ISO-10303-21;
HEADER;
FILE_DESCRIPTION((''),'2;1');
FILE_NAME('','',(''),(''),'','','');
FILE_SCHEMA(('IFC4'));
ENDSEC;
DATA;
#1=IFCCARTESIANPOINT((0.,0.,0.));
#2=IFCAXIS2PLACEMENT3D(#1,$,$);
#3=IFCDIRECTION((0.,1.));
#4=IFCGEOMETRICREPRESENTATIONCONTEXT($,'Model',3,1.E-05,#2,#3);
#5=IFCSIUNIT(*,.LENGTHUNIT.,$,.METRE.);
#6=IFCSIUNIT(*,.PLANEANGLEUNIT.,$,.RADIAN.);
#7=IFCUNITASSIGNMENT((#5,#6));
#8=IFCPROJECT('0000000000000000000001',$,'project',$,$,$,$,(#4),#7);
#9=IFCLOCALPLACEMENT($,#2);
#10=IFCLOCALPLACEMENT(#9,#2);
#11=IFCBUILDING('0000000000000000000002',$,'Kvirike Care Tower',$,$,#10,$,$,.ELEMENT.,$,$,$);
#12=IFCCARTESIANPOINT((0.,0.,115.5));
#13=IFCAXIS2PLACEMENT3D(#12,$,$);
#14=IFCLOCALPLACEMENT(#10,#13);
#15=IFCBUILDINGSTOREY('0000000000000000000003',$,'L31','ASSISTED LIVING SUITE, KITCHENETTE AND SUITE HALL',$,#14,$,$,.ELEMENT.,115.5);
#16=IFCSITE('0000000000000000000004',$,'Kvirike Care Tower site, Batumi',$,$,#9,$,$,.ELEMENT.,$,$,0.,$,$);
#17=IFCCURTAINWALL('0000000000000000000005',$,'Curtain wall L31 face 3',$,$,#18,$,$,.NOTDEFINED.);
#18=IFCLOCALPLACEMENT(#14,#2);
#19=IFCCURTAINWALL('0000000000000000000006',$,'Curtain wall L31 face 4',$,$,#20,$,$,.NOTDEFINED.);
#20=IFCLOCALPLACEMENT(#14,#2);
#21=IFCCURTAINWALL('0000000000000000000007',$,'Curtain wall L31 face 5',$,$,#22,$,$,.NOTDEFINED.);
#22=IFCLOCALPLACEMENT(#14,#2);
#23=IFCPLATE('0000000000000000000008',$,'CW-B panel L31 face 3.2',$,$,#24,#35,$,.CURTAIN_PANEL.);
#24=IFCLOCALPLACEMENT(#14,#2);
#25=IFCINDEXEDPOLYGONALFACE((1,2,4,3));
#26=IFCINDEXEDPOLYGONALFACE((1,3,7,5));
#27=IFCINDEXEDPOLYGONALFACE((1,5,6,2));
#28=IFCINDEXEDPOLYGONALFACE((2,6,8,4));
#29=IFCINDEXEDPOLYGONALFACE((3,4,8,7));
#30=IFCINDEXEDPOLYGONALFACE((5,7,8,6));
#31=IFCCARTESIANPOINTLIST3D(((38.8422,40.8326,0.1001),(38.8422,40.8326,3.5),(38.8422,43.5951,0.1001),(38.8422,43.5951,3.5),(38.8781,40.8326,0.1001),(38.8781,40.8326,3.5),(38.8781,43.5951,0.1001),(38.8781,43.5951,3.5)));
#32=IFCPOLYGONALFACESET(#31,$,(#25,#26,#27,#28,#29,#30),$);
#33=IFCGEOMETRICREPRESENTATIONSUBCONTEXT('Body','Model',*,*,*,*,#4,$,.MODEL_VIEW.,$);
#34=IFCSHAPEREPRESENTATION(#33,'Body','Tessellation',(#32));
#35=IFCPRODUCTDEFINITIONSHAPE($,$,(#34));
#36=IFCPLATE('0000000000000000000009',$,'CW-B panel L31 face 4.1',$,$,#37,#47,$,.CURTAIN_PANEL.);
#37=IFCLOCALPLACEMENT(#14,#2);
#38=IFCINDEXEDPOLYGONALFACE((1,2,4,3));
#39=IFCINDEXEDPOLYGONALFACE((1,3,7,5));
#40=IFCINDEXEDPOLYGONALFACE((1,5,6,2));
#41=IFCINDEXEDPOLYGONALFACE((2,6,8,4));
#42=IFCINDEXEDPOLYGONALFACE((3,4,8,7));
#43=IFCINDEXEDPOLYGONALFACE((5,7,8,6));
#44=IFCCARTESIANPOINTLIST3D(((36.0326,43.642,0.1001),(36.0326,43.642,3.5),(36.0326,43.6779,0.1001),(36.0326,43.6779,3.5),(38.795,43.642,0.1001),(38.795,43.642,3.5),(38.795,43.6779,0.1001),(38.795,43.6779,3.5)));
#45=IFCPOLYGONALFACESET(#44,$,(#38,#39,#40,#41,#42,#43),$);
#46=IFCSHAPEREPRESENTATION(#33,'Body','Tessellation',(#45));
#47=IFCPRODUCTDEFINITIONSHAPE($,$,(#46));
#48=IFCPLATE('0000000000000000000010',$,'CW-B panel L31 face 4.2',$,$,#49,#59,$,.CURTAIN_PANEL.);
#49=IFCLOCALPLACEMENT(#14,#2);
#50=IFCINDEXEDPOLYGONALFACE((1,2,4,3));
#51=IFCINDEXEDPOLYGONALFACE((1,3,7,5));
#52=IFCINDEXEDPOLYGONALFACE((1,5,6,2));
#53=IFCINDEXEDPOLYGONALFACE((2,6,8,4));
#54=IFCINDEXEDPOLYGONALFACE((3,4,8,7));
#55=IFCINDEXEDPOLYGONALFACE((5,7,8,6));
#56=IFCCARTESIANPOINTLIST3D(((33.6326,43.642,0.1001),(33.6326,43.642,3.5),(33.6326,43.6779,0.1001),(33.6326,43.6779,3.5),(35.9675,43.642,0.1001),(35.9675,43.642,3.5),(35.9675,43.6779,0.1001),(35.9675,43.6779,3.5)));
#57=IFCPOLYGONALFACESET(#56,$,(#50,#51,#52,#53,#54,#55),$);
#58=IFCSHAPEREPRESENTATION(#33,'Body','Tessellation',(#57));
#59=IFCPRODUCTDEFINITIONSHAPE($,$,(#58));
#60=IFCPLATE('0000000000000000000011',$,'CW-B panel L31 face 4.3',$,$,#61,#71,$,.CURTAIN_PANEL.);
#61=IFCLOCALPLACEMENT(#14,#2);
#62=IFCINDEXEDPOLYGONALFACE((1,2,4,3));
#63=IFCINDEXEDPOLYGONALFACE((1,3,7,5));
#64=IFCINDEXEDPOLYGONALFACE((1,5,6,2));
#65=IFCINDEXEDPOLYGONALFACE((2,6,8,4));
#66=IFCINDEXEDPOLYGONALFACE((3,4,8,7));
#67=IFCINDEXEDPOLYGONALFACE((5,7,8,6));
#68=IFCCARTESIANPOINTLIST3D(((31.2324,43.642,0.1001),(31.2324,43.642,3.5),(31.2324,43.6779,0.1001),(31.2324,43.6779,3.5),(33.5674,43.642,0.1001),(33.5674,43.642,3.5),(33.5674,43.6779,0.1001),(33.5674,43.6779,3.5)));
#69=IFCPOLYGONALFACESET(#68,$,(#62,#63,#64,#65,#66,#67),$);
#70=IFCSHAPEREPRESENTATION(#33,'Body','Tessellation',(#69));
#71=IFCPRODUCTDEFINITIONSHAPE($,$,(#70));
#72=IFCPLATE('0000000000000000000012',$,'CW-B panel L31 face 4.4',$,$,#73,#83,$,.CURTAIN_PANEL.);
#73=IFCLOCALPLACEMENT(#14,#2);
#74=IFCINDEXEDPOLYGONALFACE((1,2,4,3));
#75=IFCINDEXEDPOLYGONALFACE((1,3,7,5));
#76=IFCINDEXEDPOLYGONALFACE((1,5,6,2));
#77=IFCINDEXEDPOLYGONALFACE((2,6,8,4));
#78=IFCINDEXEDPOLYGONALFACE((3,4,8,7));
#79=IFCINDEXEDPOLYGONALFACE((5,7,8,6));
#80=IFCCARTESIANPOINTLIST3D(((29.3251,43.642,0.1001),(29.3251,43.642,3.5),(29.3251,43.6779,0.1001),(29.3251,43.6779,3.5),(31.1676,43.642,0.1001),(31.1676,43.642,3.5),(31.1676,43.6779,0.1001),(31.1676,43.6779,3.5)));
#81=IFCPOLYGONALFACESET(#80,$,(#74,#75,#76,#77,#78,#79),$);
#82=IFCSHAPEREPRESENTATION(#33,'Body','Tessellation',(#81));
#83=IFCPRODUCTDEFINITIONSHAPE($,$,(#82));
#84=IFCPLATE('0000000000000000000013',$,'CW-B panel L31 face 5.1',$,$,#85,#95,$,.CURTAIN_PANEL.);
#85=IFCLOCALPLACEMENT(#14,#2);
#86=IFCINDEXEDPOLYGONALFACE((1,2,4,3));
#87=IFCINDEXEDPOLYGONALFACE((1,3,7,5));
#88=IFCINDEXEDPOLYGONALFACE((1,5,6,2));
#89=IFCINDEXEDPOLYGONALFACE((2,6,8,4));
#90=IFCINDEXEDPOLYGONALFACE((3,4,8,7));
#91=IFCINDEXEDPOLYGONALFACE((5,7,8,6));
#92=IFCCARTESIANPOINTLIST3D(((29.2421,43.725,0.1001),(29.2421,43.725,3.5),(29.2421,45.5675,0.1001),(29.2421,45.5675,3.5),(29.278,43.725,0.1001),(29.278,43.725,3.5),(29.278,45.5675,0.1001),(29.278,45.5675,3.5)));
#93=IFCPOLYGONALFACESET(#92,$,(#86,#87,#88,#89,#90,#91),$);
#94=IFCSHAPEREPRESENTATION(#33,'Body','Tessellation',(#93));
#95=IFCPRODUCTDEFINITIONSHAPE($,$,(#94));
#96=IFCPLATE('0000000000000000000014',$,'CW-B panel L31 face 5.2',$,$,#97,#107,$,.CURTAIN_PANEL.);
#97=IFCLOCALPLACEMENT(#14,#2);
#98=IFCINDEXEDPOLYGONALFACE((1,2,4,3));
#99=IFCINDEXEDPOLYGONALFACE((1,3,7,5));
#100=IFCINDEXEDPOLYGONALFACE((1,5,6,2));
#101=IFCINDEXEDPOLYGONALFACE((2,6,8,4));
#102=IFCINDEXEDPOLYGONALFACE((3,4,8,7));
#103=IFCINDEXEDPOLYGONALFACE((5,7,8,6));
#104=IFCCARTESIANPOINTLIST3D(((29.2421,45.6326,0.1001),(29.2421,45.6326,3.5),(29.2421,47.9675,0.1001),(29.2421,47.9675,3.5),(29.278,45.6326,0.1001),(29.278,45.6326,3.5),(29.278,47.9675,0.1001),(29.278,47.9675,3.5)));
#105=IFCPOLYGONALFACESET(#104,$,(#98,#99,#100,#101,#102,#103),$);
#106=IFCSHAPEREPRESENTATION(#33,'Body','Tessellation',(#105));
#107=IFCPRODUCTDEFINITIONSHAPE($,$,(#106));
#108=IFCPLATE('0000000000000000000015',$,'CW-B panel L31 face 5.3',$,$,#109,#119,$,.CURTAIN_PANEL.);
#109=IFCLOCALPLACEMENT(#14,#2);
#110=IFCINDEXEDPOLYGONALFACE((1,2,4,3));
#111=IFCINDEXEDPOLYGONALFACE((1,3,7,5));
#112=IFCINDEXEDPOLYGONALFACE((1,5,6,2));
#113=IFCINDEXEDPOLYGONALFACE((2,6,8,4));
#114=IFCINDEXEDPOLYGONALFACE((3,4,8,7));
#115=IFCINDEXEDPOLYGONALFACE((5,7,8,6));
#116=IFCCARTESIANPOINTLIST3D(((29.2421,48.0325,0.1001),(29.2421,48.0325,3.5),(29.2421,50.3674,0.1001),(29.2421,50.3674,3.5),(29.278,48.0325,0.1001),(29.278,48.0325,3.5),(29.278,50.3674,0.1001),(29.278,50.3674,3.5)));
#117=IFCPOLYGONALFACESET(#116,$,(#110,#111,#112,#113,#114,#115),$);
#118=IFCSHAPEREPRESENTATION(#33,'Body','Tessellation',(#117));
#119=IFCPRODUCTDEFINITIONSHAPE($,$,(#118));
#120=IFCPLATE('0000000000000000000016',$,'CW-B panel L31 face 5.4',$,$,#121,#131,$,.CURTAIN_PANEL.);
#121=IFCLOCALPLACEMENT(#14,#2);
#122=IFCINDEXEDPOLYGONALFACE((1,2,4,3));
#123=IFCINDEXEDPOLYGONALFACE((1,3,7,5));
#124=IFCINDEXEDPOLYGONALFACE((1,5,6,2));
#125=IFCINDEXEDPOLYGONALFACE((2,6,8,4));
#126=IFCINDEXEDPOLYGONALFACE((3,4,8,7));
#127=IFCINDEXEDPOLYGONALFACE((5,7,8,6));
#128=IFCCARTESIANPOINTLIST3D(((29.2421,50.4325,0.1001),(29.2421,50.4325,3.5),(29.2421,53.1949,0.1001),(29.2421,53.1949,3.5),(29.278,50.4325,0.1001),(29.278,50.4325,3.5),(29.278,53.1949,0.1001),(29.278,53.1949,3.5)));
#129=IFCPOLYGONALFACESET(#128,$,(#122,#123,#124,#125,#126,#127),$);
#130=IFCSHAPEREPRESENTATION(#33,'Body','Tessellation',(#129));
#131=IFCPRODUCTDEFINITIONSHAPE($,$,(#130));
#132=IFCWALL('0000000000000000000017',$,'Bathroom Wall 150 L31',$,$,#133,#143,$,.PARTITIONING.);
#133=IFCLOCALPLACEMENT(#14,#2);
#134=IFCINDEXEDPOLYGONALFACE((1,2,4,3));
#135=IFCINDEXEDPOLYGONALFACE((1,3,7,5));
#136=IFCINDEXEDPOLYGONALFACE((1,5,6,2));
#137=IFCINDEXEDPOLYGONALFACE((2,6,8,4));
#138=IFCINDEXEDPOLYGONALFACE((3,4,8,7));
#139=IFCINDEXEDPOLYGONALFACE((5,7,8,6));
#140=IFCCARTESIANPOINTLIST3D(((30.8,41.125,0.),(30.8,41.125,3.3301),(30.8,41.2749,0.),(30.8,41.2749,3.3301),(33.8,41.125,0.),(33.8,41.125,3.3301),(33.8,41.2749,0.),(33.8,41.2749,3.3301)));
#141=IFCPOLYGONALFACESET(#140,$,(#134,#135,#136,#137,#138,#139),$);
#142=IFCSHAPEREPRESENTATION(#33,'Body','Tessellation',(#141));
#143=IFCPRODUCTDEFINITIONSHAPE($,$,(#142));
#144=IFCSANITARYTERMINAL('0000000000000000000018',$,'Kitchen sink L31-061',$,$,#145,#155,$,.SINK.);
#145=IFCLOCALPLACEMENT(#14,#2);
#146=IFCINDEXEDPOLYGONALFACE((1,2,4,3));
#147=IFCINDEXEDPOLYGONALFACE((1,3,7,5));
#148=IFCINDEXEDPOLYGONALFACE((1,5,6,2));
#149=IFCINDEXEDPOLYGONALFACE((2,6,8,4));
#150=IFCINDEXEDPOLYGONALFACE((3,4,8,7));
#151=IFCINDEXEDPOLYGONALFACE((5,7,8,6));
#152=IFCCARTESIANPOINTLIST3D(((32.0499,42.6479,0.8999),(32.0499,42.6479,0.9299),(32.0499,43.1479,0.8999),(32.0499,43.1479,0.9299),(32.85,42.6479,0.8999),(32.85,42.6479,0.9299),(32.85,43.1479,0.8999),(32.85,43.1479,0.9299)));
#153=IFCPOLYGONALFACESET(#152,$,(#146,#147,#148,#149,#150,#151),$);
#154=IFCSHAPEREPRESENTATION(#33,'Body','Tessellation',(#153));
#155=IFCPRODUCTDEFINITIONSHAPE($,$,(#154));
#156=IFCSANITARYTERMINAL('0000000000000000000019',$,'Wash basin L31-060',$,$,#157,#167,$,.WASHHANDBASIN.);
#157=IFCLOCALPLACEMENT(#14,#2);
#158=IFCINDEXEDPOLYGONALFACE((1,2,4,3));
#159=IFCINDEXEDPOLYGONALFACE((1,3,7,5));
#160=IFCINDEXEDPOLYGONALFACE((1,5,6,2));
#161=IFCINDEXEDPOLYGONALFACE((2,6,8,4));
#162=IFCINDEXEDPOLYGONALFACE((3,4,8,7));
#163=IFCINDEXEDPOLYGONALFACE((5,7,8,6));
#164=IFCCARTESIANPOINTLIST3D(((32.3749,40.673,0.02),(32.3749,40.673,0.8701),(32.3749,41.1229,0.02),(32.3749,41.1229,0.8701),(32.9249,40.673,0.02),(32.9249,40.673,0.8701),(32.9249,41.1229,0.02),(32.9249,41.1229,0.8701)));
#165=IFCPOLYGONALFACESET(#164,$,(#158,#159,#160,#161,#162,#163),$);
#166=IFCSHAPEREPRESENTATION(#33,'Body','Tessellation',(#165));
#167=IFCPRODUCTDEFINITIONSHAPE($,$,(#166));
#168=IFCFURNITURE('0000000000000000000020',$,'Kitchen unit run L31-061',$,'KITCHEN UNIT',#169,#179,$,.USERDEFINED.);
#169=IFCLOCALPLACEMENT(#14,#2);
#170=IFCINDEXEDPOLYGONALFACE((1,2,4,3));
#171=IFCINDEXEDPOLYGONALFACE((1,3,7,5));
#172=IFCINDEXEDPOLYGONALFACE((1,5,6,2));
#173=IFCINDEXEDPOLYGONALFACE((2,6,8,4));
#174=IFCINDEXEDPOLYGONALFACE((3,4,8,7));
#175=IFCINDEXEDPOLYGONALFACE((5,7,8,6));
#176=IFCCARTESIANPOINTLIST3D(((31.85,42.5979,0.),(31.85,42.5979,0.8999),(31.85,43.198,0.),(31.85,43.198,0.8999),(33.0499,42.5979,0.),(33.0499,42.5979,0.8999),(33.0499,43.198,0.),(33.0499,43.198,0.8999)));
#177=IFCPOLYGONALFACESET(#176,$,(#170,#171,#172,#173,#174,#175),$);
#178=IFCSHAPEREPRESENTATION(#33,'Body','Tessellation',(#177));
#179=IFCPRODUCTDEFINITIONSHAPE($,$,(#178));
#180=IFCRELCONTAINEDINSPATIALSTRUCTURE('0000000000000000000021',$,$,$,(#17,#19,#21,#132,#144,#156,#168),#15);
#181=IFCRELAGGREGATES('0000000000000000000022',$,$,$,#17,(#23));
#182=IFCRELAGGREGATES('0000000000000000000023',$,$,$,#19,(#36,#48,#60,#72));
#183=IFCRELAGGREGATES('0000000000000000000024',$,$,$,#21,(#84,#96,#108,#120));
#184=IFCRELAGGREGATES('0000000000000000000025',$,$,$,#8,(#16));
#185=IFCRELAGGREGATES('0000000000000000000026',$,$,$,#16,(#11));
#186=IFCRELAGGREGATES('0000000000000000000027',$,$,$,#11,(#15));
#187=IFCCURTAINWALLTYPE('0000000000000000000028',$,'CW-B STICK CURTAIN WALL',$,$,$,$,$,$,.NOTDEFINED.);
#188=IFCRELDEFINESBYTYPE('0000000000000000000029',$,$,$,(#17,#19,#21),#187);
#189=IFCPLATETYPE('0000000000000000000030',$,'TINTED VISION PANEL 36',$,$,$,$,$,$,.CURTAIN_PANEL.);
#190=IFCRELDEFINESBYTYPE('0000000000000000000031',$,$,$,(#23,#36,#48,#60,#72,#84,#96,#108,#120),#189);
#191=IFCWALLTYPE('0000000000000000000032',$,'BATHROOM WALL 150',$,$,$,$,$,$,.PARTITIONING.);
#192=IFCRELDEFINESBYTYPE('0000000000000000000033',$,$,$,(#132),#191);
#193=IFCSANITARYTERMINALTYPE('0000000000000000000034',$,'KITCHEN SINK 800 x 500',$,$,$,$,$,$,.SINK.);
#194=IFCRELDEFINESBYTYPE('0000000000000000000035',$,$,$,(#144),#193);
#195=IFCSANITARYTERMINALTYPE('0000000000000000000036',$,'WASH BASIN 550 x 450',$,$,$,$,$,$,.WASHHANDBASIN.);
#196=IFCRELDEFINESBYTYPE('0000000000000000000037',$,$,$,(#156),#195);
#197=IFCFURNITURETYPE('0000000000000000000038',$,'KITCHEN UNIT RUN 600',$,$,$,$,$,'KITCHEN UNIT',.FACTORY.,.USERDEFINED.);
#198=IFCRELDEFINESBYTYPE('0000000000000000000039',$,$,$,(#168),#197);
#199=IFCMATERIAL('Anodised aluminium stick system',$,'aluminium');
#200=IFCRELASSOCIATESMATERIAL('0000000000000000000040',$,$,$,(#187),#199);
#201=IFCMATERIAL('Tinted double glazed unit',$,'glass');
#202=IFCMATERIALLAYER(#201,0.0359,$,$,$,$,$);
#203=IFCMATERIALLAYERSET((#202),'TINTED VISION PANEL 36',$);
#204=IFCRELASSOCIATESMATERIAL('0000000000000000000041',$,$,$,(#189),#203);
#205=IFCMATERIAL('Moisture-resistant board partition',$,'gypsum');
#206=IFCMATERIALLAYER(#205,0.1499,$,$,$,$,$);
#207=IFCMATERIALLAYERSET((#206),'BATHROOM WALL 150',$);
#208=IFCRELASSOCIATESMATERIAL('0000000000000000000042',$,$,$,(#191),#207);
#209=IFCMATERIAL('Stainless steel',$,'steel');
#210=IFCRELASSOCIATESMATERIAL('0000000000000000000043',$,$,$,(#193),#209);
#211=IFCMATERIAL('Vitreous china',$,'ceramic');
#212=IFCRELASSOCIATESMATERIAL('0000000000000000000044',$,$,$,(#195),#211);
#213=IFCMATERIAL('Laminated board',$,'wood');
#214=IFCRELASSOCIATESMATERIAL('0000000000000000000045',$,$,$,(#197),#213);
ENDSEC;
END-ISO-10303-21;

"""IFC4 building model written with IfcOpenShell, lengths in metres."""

from ifc_helpers import new_model, si_unit, direction, frame, frame_2d, origin, origin_2d, place, context, subcontext, project, spatial, rectangle, extrude, material, layer, layer_set, type_object, element, aggregate, save


model = new_model("IFC4")

# Units and contexts
model_context = context("Model", 3, precision=1e-05, world=origin(), true_north=direction((0.0, 1.0)))
body_context = subcontext(model_context, "Body", "Model", "MODEL_VIEW")
ifc_project = project(units=[si_unit("LENGTHUNIT", "METRE"), si_unit("PLANEANGLEUNIT", "RADIAN")], contexts=[model_context])

# Site, building, storey
site_placement = place(None, origin())
site = spatial("IfcSite", under=ifc_project, at=site_placement, Name="Kvirike Care Tower site, Batumi", CompositionType="ELEMENT", RefElevation=0.0)
building_placement = place(site_placement, origin())
building = spatial("IfcBuilding", under=site, at=building_placement, Name="Kvirike Care Tower", CompositionType="ELEMENT")
storey_placement = place(building_placement, frame((0.0, 0.0, 115.5)))
storey = spatial("IfcBuildingStorey", under=building, at=storey_placement, Name="L31", Description="ASSISTED LIVING SUITE, KITCHENETTE AND SUITE HALL", CompositionType="ELEMENT", Elevation=115.5)

# Curtain walls
ifc_material_1 = material(Name="Anodised aluminium stick system", Category="aluminium")
curtain_wall_type = type_object("IfcCurtainWallType", Name="CW-B STICK CURTAIN WALL", PredefinedType="NOTDEFINED", material=ifc_material_1)
curtain_wall_1_placement = place(storey_placement, origin())
curtain_wall_1 = element("IfcCurtainWall", 1, at=curtain_wall_1_placement, inside=storey, type_object=curtain_wall_type, Name="Curtain wall L31 face 3", PredefinedType="NOTDEFINED")
curtain_wall_2_placement = place(storey_placement, origin())
curtain_wall_2 = element("IfcCurtainWall", 2, at=curtain_wall_2_placement, inside=storey, type_object=curtain_wall_type, Name="Curtain wall L31 face 4", PredefinedType="NOTDEFINED")
curtain_wall_3_placement = place(storey_placement, origin())
curtain_wall_3 = element("IfcCurtainWall", 3, at=curtain_wall_3_placement, inside=storey, type_object=curtain_wall_type, Name="Curtain wall L31 face 5", PredefinedType="NOTDEFINED")

# Plates
ifc_material_2 = material(Name="Tinted double glazed unit", Category="glass")
ifc_layer_1 = layer(ifc_material_2, 0.0359)
ifc_layer_set_1 = layer_set([ifc_layer_1], Name="TINTED VISION PANEL 36")
plate_type = type_object("IfcPlateType", Name="TINTED VISION PANEL 36", PredefinedType="CURTAIN_PANEL", material=ifc_layer_set_1)
plate_1_placement = place(storey_placement, frame((38.8601, 42.2139, 0.1001), z_axis=(0.0, 0.0, 1.0), x_axis=(0.0, 1.0, 0.0)))
plate_1 = element("IfcPlate", 4, at=plate_1_placement, type_object=plate_type, Name="CW-B panel L31 face 3.2", PredefinedType="CURTAIN_PANEL", context=body_context, shape_type="SweptSolid", body=[
    extrude(rectangle(XDim=2.7625, YDim=0.0359, at=origin_2d()), origin(), (0.0, 0.0, 1.0), 3.3999),
])
aggregate(curtain_wall_1, [plate_1])
plate_2_placement = place(storey_placement, frame((37.4138, 43.6599, 0.1001), z_axis=(0.0, 0.0, 1.0), x_axis=(-1.0, 0.0, 0.0)))
plate_2 = element("IfcPlate", 5, at=plate_2_placement, type_object=plate_type, Name="CW-B panel L31 face 4.1", PredefinedType="CURTAIN_PANEL", context=body_context, shape_type="SweptSolid", body=[
    extrude(rectangle(XDim=2.7625, YDim=0.0359, at=origin_2d()), origin(), (0.0, 0.0, 1.0), 3.3999),
])
plate_3_placement = place(storey_placement, frame((34.8, 43.6599, 0.1001), z_axis=(0.0, 0.0, 1.0), x_axis=(-1.0, 0.0, 0.0)))
plate_3 = element("IfcPlate", 6, at=plate_3_placement, type_object=plate_type, Name="CW-B panel L31 face 4.2", PredefinedType="CURTAIN_PANEL", context=body_context, shape_type="SweptSolid", body=[
    extrude(rectangle(XDim=2.335, YDim=0.0359, at=origin_2d()), origin(), (0.0, 0.0, 1.0), 3.3999),
])
plate_4_placement = place(storey_placement, frame((32.3999, 43.6599, 0.1001), z_axis=(0.0, 0.0, 1.0), x_axis=(-1.0, 0.0, 0.0)))
plate_4 = element("IfcPlate", 7, at=plate_4_placement, type_object=plate_type, Name="CW-B panel L31 face 4.3", PredefinedType="CURTAIN_PANEL", context=body_context, shape_type="SweptSolid", body=[
    extrude(rectangle(XDim=2.335, YDim=0.0359, at=origin_2d()), origin(), (0.0, 0.0, 1.0), 3.3999),
])
plate_5_placement = place(storey_placement, frame((30.2463, 43.6599, 0.1001), z_axis=(0.0, 0.0, 1.0), x_axis=(-1.0, 0.0, 0.0)))
plate_5 = element("IfcPlate", 8, at=plate_5_placement, type_object=plate_type, Name="CW-B panel L31 face 4.4", PredefinedType="CURTAIN_PANEL", context=body_context, shape_type="SweptSolid", body=[
    extrude(rectangle(XDim=1.8425, YDim=0.0359, at=origin_2d()), origin(), (0.0, 0.0, 1.0), 3.3999),
])
aggregate(curtain_wall_2, [plate_2, plate_3, plate_4, plate_5])
plate_6_placement = place(storey_placement, frame((29.26, 44.6462, 0.1001), z_axis=(0.0, 0.0, 1.0), x_axis=(0.0, 1.0, 0.0)))
plate_6 = element("IfcPlate", 9, at=plate_6_placement, type_object=plate_type, Name="CW-B panel L31 face 5.1", PredefinedType="CURTAIN_PANEL", context=body_context, shape_type="SweptSolid", body=[
    extrude(rectangle(XDim=1.8425, YDim=0.0359, at=origin_2d()), origin(), (0.0, 0.0, 1.0), 3.3999),
])
plate_7_placement = place(storey_placement, frame((29.26, 46.8, 0.1001), z_axis=(0.0, 0.0, 1.0), x_axis=(0.0, 1.0, 0.0)))
plate_7 = element("IfcPlate", 10, at=plate_7_placement, type_object=plate_type, Name="CW-B panel L31 face 5.2", PredefinedType="CURTAIN_PANEL", context=body_context, shape_type="SweptSolid", body=[
    extrude(rectangle(XDim=2.335, YDim=0.0359, at=origin_2d()), origin(), (0.0, 0.0, 1.0), 3.3999),
])
plate_8_placement = place(storey_placement, frame((29.26, 49.2, 0.1001), z_axis=(0.0, 0.0, 1.0), x_axis=(0.0, 1.0, 0.0)))
plate_8 = element("IfcPlate", 11, at=plate_8_placement, type_object=plate_type, Name="CW-B panel L31 face 5.3", PredefinedType="CURTAIN_PANEL", context=body_context, shape_type="SweptSolid", body=[
    extrude(rectangle(XDim=2.335, YDim=0.0359, at=origin_2d()), origin(), (0.0, 0.0, 1.0), 3.3999),
])
plate_9_placement = place(storey_placement, frame((29.26, 51.8137, 0.1001), z_axis=(0.0, 0.0, 1.0), x_axis=(0.0, 1.0, 0.0)))
plate_9 = element("IfcPlate", 12, at=plate_9_placement, type_object=plate_type, Name="CW-B panel L31 face 5.4", PredefinedType="CURTAIN_PANEL", context=body_context, shape_type="SweptSolid", body=[
    extrude(rectangle(XDim=2.7625, YDim=0.0359, at=origin_2d()), origin(), (0.0, 0.0, 1.0), 3.3999),
])
aggregate(curtain_wall_3, [plate_6, plate_7, plate_8, plate_9])

# Wall
ifc_material_3 = material(Name="Moisture-resistant board partition", Category="gypsum")
ifc_layer_2 = layer(ifc_material_3, 0.1499)
ifc_layer_set_2 = layer_set([ifc_layer_2], Name="BATHROOM WALL 150")
wall_type = type_object("IfcWallType", Name="BATHROOM WALL 150", PredefinedType="PARTITIONING", material=ifc_layer_set_2)
wall_placement = place(storey_placement, frame((33.8, 41.2, 0.0), z_axis=(0.0, 0.0, 1.0), x_axis=(-1.0, 0.0, 0.0)))
element("IfcWall", 13, at=wall_placement, inside=storey, type_object=wall_type, Name="Bathroom Wall 150 L31", PredefinedType="PARTITIONING", context=body_context, shape_type="SweptSolid", body=[
    extrude(rectangle(XDim=3.0, YDim=0.1499, at=frame_2d((1.5, 0.0))), origin(), (0.0, 0.0, 1.0), 3.3301),
])

# Sanitary terminals
ifc_material_4 = material(Name="Stainless steel", Category="steel")
sanitary_terminal_type_1 = type_object("IfcSanitaryTerminalType", Name="KITCHEN SINK 800 x 500", PredefinedType="SINK", material=ifc_material_4)
sanitary_terminal_1_placement = place(storey_placement, frame((32.45, 42.8979, 0.8999), z_axis=(0.0, 0.0, 1.0), x_axis=(1.0, 0.0, 0.0)))
element("IfcSanitaryTerminal", 14, at=sanitary_terminal_1_placement, inside=storey, type_object=sanitary_terminal_type_1, Name="Kitchen sink L31-061", PredefinedType="SINK", context=body_context, shape_type="SweptSolid", body=[
    extrude(rectangle(XDim=0.8, YDim=0.5, at=origin_2d()), origin(), (0.0, 0.0, 1.0), 0.03),
])
ifc_material_5 = material(Name="Vitreous china", Category="ceramic")
sanitary_terminal_type_2 = type_object("IfcSanitaryTerminalType", Name="WASH BASIN 550 x 450", PredefinedType="WASHHANDBASIN", material=ifc_material_5)
sanitary_terminal_2_placement = place(storey_placement, frame((32.6499, 40.8979, 0.02), z_axis=(0.0, 0.0, 1.0), x_axis=(1.0, 0.0, 0.0)))
element("IfcSanitaryTerminal", 15, at=sanitary_terminal_2_placement, inside=storey, type_object=sanitary_terminal_type_2, Name="Wash basin L31-060", PredefinedType="WASHHANDBASIN", context=body_context, shape_type="SweptSolid", body=[
    extrude(rectangle(XDim=0.55, YDim=0.45, at=origin_2d()), origin(), (0.0, 0.0, 1.0), 0.8501),
])

# Furniture
ifc_material_6 = material(Name="Laminated board", Category="wood")
furniture_type = type_object("IfcFurnitureType", Name="KITCHEN UNIT RUN 600", ElementType="KITCHEN UNIT", AssemblyPlace="FACTORY", PredefinedType="USERDEFINED", material=ifc_material_6)
furniture_placement = place(storey_placement, frame((32.45, 42.8979, 0.0), z_axis=(0.0, 0.0, 1.0), x_axis=(1.0, 0.0, 0.0)))
element("IfcFurniture", 16, at=furniture_placement, inside=storey, type_object=furniture_type, Name="Kitchen unit run L31-061", ObjectType="KITCHEN UNIT", PredefinedType="USERDEFINED", context=body_context, shape_type="SweptSolid", body=[
    extrude(rectangle(XDim=1.2, YDim=0.6001, at=origin_2d()), origin(), (0.0, 0.0, 1.0), 0.8999),
])

save(model, "model.ifc")
